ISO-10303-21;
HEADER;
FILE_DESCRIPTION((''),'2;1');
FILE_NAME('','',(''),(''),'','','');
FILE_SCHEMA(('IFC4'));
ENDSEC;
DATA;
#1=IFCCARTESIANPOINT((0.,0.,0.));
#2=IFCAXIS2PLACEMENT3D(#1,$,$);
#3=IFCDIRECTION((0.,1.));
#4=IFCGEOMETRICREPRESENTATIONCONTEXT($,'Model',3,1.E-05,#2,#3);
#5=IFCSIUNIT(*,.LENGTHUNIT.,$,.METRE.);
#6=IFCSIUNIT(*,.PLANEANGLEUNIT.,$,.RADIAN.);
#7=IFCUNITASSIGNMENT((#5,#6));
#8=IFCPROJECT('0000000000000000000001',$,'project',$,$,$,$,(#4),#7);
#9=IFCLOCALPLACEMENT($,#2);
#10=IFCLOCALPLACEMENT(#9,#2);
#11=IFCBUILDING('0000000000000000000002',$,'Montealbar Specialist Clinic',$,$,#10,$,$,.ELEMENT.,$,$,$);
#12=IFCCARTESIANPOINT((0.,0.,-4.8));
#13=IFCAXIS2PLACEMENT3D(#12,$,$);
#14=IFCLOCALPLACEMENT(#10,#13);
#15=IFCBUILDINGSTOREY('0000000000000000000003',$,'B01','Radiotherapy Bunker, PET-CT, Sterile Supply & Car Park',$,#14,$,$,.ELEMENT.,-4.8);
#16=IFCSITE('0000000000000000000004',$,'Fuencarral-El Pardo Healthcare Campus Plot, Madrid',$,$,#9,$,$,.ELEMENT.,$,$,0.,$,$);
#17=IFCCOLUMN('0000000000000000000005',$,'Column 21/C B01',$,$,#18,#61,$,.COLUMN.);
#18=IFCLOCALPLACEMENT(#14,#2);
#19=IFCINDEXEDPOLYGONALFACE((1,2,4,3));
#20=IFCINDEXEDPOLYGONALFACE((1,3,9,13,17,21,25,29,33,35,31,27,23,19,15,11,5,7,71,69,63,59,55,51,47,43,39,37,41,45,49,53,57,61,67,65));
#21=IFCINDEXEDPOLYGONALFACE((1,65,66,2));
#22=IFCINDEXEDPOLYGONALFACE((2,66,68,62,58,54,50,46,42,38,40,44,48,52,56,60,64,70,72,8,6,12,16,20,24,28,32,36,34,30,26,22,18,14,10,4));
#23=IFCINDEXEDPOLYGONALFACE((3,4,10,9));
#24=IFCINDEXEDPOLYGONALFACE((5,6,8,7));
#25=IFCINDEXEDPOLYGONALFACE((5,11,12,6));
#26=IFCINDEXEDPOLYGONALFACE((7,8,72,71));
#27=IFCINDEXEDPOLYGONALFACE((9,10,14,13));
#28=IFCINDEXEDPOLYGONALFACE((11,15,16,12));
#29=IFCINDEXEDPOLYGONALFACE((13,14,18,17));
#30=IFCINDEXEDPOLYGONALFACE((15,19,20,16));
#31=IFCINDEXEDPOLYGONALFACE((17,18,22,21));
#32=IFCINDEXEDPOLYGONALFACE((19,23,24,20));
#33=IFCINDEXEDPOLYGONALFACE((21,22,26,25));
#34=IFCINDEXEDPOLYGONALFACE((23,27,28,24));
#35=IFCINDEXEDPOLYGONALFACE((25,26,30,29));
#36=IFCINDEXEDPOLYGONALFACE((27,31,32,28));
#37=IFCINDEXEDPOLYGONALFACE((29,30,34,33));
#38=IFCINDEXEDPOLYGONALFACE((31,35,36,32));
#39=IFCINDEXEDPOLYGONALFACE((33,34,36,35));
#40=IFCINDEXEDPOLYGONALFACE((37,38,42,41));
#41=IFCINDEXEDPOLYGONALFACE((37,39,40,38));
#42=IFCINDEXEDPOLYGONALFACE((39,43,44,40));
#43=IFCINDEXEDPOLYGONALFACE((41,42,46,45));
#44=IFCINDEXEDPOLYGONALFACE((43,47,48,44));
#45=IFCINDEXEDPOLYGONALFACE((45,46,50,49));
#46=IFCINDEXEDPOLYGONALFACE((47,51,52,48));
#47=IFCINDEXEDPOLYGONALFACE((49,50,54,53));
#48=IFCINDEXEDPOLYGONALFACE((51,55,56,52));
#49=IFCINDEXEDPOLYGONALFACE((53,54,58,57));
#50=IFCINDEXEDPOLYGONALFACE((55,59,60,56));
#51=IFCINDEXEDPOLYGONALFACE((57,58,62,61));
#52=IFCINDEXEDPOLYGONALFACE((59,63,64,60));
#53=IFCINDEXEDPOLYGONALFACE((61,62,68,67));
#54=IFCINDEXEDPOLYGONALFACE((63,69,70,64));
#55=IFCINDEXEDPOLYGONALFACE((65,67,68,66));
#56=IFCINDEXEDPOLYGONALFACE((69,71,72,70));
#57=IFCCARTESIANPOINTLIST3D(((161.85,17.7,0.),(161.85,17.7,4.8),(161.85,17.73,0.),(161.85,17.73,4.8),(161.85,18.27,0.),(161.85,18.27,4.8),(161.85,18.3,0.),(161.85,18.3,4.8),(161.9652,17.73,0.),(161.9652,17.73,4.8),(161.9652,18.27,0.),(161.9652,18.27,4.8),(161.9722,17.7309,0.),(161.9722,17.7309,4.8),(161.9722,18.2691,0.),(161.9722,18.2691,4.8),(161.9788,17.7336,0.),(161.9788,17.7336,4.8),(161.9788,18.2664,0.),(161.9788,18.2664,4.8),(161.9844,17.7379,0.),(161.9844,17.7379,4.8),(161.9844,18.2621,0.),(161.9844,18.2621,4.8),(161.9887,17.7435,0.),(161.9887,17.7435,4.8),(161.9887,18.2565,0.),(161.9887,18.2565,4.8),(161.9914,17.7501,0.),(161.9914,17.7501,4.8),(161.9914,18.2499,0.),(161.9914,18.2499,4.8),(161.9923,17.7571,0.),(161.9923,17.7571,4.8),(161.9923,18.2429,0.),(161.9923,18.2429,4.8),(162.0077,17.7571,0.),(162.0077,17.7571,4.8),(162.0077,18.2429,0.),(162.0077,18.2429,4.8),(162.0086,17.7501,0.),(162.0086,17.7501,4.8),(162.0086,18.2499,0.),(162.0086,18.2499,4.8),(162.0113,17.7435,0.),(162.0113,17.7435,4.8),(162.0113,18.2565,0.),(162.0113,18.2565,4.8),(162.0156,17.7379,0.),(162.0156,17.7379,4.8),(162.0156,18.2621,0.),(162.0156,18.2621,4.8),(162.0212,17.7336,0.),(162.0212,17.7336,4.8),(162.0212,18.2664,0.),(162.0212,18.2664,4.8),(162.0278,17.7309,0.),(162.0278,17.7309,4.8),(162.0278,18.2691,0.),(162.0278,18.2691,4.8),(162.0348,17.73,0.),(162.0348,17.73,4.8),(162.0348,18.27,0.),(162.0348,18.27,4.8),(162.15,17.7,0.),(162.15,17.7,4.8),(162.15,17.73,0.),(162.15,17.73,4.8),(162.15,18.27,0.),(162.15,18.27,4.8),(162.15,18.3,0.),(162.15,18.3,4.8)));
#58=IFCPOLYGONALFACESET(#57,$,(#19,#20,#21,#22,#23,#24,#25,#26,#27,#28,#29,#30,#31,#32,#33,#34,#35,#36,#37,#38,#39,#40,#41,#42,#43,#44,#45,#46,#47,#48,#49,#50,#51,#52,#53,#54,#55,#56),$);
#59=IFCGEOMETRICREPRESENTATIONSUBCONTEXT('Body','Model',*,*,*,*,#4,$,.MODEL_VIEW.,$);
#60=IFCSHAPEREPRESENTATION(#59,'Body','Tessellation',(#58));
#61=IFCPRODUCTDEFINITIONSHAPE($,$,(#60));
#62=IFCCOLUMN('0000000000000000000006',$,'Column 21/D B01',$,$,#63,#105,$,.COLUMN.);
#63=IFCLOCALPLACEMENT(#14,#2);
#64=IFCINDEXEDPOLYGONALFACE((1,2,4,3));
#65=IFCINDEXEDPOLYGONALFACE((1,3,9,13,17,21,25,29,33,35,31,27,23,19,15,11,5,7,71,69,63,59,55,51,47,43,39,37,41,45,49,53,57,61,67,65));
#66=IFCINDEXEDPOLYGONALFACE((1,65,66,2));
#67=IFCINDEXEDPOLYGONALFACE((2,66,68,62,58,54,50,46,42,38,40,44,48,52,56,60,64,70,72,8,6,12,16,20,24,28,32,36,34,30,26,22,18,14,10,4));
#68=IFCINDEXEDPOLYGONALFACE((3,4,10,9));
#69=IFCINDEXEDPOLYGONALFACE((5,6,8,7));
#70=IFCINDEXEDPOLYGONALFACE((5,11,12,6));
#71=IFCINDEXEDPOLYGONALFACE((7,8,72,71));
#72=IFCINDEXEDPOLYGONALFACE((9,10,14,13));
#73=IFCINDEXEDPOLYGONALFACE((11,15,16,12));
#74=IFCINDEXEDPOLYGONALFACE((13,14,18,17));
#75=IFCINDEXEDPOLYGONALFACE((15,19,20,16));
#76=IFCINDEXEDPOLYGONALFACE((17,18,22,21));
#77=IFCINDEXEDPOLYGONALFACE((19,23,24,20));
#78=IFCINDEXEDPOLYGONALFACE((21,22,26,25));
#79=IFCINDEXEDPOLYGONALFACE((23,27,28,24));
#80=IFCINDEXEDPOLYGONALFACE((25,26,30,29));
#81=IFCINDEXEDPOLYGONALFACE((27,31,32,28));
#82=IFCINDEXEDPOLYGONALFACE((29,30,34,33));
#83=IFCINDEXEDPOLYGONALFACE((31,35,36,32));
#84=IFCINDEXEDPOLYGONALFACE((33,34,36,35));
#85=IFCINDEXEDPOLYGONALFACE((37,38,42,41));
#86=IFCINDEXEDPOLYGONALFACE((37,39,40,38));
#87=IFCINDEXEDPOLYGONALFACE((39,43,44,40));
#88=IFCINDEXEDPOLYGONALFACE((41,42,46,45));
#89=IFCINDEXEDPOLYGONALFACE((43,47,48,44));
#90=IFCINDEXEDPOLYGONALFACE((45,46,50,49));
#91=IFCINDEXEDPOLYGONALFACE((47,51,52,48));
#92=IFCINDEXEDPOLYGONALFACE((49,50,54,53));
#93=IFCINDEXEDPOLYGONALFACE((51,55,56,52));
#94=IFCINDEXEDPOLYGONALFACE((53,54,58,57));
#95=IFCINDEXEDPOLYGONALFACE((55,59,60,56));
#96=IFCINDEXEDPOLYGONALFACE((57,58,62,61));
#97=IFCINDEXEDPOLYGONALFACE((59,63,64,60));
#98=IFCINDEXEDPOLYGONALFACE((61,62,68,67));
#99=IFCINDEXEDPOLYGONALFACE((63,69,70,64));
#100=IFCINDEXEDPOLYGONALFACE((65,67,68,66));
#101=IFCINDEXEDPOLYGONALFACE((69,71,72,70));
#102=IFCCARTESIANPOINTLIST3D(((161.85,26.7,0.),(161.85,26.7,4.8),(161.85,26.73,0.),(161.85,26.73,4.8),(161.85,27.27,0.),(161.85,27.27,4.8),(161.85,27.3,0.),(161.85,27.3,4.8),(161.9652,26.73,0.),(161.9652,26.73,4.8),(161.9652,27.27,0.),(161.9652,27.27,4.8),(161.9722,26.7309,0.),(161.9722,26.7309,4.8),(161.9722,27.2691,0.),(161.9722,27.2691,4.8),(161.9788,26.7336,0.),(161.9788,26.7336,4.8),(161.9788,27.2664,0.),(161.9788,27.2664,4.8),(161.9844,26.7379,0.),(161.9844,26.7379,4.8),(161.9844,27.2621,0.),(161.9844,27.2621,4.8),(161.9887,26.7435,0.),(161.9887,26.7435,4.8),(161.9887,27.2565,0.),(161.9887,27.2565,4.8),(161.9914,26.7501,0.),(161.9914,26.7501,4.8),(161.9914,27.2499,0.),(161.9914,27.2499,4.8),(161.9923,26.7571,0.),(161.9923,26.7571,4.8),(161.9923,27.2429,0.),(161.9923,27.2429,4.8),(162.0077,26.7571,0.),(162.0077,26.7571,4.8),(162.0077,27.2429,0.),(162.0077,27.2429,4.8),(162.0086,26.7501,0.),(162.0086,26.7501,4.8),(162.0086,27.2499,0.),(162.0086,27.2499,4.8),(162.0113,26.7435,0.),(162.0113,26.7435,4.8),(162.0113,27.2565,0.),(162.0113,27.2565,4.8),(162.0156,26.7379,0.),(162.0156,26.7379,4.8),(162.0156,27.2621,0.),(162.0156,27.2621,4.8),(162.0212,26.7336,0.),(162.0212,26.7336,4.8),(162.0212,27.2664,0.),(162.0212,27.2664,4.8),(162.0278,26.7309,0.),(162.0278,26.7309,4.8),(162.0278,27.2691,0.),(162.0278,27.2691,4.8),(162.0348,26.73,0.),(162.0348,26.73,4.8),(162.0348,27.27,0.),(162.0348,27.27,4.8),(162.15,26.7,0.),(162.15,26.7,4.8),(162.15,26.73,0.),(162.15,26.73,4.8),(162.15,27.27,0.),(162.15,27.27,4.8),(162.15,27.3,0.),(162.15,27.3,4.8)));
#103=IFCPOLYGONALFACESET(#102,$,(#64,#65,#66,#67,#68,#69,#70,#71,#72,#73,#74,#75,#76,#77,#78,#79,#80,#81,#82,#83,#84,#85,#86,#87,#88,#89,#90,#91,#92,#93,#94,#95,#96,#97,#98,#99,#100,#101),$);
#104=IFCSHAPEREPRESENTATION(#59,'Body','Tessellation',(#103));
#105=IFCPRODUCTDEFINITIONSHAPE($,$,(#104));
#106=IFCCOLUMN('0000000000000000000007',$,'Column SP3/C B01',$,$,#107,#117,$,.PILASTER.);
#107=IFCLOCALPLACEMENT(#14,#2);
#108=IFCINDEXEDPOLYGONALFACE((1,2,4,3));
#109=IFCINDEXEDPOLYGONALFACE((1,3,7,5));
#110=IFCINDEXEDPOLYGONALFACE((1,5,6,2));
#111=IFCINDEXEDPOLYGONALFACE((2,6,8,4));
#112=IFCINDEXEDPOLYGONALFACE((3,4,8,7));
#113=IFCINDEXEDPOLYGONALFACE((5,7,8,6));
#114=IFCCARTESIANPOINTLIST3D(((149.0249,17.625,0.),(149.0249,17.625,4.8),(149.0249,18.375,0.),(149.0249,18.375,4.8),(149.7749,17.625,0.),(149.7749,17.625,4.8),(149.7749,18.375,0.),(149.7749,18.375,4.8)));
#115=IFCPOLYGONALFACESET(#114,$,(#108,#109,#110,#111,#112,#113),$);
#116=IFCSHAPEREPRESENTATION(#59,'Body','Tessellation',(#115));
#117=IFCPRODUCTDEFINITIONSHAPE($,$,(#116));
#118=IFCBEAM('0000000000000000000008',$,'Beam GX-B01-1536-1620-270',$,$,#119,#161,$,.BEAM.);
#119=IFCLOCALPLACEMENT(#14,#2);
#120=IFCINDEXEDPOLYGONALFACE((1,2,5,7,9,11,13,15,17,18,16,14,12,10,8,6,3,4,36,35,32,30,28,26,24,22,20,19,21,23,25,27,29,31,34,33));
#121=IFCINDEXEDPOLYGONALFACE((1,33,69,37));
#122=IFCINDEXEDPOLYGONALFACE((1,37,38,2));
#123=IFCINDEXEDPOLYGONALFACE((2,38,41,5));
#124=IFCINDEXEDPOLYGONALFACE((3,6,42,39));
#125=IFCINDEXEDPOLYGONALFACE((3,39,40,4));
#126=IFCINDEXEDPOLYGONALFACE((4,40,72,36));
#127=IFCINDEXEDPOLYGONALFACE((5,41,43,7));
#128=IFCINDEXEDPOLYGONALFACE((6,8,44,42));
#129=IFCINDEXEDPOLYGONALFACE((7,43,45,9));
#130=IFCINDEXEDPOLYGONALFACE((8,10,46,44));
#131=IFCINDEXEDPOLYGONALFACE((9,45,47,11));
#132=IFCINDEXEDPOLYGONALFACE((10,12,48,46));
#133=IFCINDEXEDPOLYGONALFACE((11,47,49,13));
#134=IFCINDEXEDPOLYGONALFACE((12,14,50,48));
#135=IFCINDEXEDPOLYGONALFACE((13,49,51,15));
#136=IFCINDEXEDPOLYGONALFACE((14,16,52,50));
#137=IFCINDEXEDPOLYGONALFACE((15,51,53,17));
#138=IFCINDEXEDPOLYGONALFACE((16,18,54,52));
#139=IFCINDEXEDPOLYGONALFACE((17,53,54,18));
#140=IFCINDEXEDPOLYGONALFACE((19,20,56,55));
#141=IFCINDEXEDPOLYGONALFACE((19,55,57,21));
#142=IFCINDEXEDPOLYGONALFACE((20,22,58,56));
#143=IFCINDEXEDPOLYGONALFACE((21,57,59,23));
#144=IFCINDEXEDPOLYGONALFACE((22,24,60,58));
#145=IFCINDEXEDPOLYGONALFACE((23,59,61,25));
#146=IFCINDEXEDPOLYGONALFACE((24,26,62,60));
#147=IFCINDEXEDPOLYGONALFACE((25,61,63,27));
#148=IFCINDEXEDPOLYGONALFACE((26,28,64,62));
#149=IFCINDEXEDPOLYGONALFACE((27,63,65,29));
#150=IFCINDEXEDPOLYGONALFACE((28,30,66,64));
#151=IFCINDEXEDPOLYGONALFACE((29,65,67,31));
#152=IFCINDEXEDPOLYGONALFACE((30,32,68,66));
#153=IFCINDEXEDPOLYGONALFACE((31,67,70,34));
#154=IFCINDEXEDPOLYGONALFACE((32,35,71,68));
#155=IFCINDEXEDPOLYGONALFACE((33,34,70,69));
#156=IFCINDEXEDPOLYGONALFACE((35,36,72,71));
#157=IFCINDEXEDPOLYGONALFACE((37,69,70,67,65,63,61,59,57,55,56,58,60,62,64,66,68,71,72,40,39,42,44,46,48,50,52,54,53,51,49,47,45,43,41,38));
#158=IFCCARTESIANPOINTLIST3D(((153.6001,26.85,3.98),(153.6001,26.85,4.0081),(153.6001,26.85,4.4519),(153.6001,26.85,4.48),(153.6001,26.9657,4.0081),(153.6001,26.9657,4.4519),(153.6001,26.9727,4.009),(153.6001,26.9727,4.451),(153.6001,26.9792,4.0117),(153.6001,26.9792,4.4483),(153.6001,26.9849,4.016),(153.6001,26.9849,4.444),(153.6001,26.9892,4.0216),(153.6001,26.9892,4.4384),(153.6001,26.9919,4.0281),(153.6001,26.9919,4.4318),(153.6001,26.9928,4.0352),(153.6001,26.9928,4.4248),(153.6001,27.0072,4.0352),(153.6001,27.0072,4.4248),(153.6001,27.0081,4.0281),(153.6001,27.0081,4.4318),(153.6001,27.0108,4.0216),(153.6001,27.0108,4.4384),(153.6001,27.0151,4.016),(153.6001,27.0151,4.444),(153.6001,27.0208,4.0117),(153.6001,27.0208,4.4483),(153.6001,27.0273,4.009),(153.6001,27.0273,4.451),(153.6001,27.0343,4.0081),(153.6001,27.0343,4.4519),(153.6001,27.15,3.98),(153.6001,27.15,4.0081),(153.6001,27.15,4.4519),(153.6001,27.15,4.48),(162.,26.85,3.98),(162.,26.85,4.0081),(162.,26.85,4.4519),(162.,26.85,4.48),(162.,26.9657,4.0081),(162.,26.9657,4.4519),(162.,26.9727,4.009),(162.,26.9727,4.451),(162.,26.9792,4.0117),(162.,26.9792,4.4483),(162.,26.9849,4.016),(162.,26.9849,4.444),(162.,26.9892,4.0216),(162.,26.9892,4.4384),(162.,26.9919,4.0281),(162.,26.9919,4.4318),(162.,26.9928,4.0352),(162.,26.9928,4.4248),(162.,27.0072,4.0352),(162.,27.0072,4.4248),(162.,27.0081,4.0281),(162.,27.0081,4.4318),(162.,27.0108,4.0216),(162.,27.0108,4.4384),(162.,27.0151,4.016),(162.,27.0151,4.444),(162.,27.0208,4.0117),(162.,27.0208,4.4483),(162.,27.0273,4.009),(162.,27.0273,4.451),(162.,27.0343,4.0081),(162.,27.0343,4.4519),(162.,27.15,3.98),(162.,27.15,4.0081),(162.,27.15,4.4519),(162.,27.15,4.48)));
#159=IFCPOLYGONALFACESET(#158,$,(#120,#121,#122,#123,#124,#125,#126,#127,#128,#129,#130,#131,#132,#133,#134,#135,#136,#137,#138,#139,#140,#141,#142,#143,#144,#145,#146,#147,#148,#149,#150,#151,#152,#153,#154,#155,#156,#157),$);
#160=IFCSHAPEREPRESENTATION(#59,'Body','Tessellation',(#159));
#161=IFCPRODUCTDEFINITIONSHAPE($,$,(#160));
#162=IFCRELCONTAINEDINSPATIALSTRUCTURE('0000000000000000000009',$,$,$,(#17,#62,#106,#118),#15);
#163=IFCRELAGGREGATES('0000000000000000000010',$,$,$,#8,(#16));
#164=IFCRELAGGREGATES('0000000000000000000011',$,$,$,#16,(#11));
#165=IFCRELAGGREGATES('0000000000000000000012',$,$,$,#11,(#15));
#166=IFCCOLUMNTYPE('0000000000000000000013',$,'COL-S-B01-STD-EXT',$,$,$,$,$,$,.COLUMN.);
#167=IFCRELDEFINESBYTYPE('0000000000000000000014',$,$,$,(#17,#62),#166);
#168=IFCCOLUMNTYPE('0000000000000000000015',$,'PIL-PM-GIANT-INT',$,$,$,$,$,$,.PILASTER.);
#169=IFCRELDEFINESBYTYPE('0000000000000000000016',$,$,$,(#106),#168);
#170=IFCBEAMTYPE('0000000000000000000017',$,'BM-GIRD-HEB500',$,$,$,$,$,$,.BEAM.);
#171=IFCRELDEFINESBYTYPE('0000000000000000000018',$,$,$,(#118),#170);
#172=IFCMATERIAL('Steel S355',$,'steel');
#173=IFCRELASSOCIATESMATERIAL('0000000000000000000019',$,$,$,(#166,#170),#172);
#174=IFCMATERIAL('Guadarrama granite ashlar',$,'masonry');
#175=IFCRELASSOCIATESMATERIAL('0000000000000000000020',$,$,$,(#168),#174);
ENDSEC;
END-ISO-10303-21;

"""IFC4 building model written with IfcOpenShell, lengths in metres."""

from ifc_helpers import new_model, si_unit, direction, frame, origin, origin_2d, place, context, subcontext, project, spatial, rectangle, i_section, extrude, material, material_profile, profile_set, type_object, element, save


model = new_model("IFC4")

# Units and contexts
model_context = context("Model", 3, precision=1e-05, world=origin(), true_north=direction((0.0, 1.0)))
body_context = subcontext(model_context, "Body", "Model", "MODEL_VIEW")
ifc_project = project(units=[si_unit("LENGTHUNIT", "METRE"), si_unit("PLANEANGLEUNIT", "RADIAN")], contexts=[model_context])

# Site, building, storey
site_placement = place(None, origin())
site = spatial("IfcSite", under=ifc_project, at=site_placement, Name="Fuencarral-El Pardo Healthcare Campus Plot, Madrid", CompositionType="ELEMENT", RefElevation=0.0)
building_placement = place(site_placement, origin())
building = spatial("IfcBuilding", under=site, at=building_placement, Name="Montealbar Specialist Clinic", CompositionType="ELEMENT")
storey_placement = place(building_placement, frame((0.0, 0.0, -4.8)))
storey = spatial("IfcBuildingStorey", under=building, at=storey_placement, Name="B01", Description="Radiotherapy Bunker, PET-CT, Sterile Supply & Car Park", CompositionType="ELEMENT", Elevation=-4.8)

# Columns
ifc_material_1 = material(Name="Steel S355", Category="steel")
ifc_material_profile_1 = material_profile(ifc_material_1, i_section(OverallWidth=0.3, OverallDepth=0.6001, WebThickness=0.0154, FlangeThickness=0.03, FilletRadius=0.0271, at=origin_2d()), Name="HEB 600", Category="steel")
ifc_profile_set_1 = profile_set([ifc_material_profile_1], Name="Steel S355")
column_type_1 = type_object("IfcColumnType", Name="COL-S-B01-STD-EXT", PredefinedType="COLUMN", material=ifc_profile_set_1)
for number, where, z_axis, x_axis, name in (
    (1, (162.0, 18.0, 0.0), (0.0, 0.0, 1.0), (1.0, 0.0, 0.0), "Column 21/C B01"),
    (2, (162.0, 27.0, 0.0), (0.0, 0.0, 1.0), (1.0, 0.0, 0.0), "Column 21/D B01"),
):
    element("IfcColumn", number, at=place(storey_placement, frame(where, z_axis=z_axis, x_axis=x_axis)), inside=storey, type_object=column_type_1, Name=name, PredefinedType="COLUMN", context=body_context, shape_type="SweptSolid", body=[
        extrude(i_section(OverallWidth=0.3, OverallDepth=0.6001, WebThickness=0.0154, FlangeThickness=0.03, FilletRadius=0.0271, at=origin_2d()), origin(), (0.0, 0.0, 1.0), 4.8),
    ])
ifc_material_2 = material(Name="Guadarrama granite ashlar", Category="masonry")
ifc_material_profile_2 = material_profile(ifc_material_2, rectangle(XDim=0.75, YDim=0.75, at=origin_2d()), Name="GRANITE PILASTER 750x750", Category="masonry")
ifc_profile_set_2 = profile_set([ifc_material_profile_2], Name="Guadarrama granite ashlar")
column_type_2 = type_object("IfcColumnType", Name="PIL-PM-GIANT-INT", PredefinedType="PILASTER", material=ifc_profile_set_2)
column_1_placement = place(storey_placement, frame((149.3999, 18.0, 0.0), z_axis=(0.0, 0.0, 1.0), x_axis=(1.0, 0.0, 0.0)))
element("IfcColumn", 3, at=column_1_placement, inside=storey, type_object=column_type_2, Name="Column SP3/C B01", PredefinedType="PILASTER", context=body_context, shape_type="SweptSolid", body=[
    extrude(rectangle(XDim=0.75, YDim=0.75, at=origin_2d()), origin(), (0.0, 0.0, 1.0), 4.8),
])

# Beam
ifc_material_profile_3 = material_profile(ifc_material_1, i_section(OverallWidth=0.3, OverallDepth=0.5, WebThickness=0.0144, FlangeThickness=0.0281, FilletRadius=0.0271, at=origin_2d()), Name="HEB 500", Category="steel")
ifc_profile_set_3 = profile_set([ifc_material_profile_3], Name="Steel S355")
beam_type_1 = type_object("IfcBeamType", Name="BM-GIRD-HEB500", PredefinedType="BEAM", material=ifc_profile_set_3)
beam_1_placement = place(storey_placement, frame((153.6001, 27.0, 4.23), z_axis=(1.0, 0.0, 0.0), x_axis=(0.0, 1.0, 0.0)))
element("IfcBeam", 4, at=beam_1_placement, inside=storey, type_object=beam_type_1, Name="Beam GX-B01-1536-1620-270", PredefinedType="BEAM", context=body_context, shape_type="SweptSolid", body=[
    extrude(i_section(OverallWidth=0.3, OverallDepth=0.5, WebThickness=0.0144, FlangeThickness=0.0281, FilletRadius=0.0271, at=origin_2d()), origin(), (0.0, 0.0, 1.0), 8.3999),
])

save(model, "model.ifc")
